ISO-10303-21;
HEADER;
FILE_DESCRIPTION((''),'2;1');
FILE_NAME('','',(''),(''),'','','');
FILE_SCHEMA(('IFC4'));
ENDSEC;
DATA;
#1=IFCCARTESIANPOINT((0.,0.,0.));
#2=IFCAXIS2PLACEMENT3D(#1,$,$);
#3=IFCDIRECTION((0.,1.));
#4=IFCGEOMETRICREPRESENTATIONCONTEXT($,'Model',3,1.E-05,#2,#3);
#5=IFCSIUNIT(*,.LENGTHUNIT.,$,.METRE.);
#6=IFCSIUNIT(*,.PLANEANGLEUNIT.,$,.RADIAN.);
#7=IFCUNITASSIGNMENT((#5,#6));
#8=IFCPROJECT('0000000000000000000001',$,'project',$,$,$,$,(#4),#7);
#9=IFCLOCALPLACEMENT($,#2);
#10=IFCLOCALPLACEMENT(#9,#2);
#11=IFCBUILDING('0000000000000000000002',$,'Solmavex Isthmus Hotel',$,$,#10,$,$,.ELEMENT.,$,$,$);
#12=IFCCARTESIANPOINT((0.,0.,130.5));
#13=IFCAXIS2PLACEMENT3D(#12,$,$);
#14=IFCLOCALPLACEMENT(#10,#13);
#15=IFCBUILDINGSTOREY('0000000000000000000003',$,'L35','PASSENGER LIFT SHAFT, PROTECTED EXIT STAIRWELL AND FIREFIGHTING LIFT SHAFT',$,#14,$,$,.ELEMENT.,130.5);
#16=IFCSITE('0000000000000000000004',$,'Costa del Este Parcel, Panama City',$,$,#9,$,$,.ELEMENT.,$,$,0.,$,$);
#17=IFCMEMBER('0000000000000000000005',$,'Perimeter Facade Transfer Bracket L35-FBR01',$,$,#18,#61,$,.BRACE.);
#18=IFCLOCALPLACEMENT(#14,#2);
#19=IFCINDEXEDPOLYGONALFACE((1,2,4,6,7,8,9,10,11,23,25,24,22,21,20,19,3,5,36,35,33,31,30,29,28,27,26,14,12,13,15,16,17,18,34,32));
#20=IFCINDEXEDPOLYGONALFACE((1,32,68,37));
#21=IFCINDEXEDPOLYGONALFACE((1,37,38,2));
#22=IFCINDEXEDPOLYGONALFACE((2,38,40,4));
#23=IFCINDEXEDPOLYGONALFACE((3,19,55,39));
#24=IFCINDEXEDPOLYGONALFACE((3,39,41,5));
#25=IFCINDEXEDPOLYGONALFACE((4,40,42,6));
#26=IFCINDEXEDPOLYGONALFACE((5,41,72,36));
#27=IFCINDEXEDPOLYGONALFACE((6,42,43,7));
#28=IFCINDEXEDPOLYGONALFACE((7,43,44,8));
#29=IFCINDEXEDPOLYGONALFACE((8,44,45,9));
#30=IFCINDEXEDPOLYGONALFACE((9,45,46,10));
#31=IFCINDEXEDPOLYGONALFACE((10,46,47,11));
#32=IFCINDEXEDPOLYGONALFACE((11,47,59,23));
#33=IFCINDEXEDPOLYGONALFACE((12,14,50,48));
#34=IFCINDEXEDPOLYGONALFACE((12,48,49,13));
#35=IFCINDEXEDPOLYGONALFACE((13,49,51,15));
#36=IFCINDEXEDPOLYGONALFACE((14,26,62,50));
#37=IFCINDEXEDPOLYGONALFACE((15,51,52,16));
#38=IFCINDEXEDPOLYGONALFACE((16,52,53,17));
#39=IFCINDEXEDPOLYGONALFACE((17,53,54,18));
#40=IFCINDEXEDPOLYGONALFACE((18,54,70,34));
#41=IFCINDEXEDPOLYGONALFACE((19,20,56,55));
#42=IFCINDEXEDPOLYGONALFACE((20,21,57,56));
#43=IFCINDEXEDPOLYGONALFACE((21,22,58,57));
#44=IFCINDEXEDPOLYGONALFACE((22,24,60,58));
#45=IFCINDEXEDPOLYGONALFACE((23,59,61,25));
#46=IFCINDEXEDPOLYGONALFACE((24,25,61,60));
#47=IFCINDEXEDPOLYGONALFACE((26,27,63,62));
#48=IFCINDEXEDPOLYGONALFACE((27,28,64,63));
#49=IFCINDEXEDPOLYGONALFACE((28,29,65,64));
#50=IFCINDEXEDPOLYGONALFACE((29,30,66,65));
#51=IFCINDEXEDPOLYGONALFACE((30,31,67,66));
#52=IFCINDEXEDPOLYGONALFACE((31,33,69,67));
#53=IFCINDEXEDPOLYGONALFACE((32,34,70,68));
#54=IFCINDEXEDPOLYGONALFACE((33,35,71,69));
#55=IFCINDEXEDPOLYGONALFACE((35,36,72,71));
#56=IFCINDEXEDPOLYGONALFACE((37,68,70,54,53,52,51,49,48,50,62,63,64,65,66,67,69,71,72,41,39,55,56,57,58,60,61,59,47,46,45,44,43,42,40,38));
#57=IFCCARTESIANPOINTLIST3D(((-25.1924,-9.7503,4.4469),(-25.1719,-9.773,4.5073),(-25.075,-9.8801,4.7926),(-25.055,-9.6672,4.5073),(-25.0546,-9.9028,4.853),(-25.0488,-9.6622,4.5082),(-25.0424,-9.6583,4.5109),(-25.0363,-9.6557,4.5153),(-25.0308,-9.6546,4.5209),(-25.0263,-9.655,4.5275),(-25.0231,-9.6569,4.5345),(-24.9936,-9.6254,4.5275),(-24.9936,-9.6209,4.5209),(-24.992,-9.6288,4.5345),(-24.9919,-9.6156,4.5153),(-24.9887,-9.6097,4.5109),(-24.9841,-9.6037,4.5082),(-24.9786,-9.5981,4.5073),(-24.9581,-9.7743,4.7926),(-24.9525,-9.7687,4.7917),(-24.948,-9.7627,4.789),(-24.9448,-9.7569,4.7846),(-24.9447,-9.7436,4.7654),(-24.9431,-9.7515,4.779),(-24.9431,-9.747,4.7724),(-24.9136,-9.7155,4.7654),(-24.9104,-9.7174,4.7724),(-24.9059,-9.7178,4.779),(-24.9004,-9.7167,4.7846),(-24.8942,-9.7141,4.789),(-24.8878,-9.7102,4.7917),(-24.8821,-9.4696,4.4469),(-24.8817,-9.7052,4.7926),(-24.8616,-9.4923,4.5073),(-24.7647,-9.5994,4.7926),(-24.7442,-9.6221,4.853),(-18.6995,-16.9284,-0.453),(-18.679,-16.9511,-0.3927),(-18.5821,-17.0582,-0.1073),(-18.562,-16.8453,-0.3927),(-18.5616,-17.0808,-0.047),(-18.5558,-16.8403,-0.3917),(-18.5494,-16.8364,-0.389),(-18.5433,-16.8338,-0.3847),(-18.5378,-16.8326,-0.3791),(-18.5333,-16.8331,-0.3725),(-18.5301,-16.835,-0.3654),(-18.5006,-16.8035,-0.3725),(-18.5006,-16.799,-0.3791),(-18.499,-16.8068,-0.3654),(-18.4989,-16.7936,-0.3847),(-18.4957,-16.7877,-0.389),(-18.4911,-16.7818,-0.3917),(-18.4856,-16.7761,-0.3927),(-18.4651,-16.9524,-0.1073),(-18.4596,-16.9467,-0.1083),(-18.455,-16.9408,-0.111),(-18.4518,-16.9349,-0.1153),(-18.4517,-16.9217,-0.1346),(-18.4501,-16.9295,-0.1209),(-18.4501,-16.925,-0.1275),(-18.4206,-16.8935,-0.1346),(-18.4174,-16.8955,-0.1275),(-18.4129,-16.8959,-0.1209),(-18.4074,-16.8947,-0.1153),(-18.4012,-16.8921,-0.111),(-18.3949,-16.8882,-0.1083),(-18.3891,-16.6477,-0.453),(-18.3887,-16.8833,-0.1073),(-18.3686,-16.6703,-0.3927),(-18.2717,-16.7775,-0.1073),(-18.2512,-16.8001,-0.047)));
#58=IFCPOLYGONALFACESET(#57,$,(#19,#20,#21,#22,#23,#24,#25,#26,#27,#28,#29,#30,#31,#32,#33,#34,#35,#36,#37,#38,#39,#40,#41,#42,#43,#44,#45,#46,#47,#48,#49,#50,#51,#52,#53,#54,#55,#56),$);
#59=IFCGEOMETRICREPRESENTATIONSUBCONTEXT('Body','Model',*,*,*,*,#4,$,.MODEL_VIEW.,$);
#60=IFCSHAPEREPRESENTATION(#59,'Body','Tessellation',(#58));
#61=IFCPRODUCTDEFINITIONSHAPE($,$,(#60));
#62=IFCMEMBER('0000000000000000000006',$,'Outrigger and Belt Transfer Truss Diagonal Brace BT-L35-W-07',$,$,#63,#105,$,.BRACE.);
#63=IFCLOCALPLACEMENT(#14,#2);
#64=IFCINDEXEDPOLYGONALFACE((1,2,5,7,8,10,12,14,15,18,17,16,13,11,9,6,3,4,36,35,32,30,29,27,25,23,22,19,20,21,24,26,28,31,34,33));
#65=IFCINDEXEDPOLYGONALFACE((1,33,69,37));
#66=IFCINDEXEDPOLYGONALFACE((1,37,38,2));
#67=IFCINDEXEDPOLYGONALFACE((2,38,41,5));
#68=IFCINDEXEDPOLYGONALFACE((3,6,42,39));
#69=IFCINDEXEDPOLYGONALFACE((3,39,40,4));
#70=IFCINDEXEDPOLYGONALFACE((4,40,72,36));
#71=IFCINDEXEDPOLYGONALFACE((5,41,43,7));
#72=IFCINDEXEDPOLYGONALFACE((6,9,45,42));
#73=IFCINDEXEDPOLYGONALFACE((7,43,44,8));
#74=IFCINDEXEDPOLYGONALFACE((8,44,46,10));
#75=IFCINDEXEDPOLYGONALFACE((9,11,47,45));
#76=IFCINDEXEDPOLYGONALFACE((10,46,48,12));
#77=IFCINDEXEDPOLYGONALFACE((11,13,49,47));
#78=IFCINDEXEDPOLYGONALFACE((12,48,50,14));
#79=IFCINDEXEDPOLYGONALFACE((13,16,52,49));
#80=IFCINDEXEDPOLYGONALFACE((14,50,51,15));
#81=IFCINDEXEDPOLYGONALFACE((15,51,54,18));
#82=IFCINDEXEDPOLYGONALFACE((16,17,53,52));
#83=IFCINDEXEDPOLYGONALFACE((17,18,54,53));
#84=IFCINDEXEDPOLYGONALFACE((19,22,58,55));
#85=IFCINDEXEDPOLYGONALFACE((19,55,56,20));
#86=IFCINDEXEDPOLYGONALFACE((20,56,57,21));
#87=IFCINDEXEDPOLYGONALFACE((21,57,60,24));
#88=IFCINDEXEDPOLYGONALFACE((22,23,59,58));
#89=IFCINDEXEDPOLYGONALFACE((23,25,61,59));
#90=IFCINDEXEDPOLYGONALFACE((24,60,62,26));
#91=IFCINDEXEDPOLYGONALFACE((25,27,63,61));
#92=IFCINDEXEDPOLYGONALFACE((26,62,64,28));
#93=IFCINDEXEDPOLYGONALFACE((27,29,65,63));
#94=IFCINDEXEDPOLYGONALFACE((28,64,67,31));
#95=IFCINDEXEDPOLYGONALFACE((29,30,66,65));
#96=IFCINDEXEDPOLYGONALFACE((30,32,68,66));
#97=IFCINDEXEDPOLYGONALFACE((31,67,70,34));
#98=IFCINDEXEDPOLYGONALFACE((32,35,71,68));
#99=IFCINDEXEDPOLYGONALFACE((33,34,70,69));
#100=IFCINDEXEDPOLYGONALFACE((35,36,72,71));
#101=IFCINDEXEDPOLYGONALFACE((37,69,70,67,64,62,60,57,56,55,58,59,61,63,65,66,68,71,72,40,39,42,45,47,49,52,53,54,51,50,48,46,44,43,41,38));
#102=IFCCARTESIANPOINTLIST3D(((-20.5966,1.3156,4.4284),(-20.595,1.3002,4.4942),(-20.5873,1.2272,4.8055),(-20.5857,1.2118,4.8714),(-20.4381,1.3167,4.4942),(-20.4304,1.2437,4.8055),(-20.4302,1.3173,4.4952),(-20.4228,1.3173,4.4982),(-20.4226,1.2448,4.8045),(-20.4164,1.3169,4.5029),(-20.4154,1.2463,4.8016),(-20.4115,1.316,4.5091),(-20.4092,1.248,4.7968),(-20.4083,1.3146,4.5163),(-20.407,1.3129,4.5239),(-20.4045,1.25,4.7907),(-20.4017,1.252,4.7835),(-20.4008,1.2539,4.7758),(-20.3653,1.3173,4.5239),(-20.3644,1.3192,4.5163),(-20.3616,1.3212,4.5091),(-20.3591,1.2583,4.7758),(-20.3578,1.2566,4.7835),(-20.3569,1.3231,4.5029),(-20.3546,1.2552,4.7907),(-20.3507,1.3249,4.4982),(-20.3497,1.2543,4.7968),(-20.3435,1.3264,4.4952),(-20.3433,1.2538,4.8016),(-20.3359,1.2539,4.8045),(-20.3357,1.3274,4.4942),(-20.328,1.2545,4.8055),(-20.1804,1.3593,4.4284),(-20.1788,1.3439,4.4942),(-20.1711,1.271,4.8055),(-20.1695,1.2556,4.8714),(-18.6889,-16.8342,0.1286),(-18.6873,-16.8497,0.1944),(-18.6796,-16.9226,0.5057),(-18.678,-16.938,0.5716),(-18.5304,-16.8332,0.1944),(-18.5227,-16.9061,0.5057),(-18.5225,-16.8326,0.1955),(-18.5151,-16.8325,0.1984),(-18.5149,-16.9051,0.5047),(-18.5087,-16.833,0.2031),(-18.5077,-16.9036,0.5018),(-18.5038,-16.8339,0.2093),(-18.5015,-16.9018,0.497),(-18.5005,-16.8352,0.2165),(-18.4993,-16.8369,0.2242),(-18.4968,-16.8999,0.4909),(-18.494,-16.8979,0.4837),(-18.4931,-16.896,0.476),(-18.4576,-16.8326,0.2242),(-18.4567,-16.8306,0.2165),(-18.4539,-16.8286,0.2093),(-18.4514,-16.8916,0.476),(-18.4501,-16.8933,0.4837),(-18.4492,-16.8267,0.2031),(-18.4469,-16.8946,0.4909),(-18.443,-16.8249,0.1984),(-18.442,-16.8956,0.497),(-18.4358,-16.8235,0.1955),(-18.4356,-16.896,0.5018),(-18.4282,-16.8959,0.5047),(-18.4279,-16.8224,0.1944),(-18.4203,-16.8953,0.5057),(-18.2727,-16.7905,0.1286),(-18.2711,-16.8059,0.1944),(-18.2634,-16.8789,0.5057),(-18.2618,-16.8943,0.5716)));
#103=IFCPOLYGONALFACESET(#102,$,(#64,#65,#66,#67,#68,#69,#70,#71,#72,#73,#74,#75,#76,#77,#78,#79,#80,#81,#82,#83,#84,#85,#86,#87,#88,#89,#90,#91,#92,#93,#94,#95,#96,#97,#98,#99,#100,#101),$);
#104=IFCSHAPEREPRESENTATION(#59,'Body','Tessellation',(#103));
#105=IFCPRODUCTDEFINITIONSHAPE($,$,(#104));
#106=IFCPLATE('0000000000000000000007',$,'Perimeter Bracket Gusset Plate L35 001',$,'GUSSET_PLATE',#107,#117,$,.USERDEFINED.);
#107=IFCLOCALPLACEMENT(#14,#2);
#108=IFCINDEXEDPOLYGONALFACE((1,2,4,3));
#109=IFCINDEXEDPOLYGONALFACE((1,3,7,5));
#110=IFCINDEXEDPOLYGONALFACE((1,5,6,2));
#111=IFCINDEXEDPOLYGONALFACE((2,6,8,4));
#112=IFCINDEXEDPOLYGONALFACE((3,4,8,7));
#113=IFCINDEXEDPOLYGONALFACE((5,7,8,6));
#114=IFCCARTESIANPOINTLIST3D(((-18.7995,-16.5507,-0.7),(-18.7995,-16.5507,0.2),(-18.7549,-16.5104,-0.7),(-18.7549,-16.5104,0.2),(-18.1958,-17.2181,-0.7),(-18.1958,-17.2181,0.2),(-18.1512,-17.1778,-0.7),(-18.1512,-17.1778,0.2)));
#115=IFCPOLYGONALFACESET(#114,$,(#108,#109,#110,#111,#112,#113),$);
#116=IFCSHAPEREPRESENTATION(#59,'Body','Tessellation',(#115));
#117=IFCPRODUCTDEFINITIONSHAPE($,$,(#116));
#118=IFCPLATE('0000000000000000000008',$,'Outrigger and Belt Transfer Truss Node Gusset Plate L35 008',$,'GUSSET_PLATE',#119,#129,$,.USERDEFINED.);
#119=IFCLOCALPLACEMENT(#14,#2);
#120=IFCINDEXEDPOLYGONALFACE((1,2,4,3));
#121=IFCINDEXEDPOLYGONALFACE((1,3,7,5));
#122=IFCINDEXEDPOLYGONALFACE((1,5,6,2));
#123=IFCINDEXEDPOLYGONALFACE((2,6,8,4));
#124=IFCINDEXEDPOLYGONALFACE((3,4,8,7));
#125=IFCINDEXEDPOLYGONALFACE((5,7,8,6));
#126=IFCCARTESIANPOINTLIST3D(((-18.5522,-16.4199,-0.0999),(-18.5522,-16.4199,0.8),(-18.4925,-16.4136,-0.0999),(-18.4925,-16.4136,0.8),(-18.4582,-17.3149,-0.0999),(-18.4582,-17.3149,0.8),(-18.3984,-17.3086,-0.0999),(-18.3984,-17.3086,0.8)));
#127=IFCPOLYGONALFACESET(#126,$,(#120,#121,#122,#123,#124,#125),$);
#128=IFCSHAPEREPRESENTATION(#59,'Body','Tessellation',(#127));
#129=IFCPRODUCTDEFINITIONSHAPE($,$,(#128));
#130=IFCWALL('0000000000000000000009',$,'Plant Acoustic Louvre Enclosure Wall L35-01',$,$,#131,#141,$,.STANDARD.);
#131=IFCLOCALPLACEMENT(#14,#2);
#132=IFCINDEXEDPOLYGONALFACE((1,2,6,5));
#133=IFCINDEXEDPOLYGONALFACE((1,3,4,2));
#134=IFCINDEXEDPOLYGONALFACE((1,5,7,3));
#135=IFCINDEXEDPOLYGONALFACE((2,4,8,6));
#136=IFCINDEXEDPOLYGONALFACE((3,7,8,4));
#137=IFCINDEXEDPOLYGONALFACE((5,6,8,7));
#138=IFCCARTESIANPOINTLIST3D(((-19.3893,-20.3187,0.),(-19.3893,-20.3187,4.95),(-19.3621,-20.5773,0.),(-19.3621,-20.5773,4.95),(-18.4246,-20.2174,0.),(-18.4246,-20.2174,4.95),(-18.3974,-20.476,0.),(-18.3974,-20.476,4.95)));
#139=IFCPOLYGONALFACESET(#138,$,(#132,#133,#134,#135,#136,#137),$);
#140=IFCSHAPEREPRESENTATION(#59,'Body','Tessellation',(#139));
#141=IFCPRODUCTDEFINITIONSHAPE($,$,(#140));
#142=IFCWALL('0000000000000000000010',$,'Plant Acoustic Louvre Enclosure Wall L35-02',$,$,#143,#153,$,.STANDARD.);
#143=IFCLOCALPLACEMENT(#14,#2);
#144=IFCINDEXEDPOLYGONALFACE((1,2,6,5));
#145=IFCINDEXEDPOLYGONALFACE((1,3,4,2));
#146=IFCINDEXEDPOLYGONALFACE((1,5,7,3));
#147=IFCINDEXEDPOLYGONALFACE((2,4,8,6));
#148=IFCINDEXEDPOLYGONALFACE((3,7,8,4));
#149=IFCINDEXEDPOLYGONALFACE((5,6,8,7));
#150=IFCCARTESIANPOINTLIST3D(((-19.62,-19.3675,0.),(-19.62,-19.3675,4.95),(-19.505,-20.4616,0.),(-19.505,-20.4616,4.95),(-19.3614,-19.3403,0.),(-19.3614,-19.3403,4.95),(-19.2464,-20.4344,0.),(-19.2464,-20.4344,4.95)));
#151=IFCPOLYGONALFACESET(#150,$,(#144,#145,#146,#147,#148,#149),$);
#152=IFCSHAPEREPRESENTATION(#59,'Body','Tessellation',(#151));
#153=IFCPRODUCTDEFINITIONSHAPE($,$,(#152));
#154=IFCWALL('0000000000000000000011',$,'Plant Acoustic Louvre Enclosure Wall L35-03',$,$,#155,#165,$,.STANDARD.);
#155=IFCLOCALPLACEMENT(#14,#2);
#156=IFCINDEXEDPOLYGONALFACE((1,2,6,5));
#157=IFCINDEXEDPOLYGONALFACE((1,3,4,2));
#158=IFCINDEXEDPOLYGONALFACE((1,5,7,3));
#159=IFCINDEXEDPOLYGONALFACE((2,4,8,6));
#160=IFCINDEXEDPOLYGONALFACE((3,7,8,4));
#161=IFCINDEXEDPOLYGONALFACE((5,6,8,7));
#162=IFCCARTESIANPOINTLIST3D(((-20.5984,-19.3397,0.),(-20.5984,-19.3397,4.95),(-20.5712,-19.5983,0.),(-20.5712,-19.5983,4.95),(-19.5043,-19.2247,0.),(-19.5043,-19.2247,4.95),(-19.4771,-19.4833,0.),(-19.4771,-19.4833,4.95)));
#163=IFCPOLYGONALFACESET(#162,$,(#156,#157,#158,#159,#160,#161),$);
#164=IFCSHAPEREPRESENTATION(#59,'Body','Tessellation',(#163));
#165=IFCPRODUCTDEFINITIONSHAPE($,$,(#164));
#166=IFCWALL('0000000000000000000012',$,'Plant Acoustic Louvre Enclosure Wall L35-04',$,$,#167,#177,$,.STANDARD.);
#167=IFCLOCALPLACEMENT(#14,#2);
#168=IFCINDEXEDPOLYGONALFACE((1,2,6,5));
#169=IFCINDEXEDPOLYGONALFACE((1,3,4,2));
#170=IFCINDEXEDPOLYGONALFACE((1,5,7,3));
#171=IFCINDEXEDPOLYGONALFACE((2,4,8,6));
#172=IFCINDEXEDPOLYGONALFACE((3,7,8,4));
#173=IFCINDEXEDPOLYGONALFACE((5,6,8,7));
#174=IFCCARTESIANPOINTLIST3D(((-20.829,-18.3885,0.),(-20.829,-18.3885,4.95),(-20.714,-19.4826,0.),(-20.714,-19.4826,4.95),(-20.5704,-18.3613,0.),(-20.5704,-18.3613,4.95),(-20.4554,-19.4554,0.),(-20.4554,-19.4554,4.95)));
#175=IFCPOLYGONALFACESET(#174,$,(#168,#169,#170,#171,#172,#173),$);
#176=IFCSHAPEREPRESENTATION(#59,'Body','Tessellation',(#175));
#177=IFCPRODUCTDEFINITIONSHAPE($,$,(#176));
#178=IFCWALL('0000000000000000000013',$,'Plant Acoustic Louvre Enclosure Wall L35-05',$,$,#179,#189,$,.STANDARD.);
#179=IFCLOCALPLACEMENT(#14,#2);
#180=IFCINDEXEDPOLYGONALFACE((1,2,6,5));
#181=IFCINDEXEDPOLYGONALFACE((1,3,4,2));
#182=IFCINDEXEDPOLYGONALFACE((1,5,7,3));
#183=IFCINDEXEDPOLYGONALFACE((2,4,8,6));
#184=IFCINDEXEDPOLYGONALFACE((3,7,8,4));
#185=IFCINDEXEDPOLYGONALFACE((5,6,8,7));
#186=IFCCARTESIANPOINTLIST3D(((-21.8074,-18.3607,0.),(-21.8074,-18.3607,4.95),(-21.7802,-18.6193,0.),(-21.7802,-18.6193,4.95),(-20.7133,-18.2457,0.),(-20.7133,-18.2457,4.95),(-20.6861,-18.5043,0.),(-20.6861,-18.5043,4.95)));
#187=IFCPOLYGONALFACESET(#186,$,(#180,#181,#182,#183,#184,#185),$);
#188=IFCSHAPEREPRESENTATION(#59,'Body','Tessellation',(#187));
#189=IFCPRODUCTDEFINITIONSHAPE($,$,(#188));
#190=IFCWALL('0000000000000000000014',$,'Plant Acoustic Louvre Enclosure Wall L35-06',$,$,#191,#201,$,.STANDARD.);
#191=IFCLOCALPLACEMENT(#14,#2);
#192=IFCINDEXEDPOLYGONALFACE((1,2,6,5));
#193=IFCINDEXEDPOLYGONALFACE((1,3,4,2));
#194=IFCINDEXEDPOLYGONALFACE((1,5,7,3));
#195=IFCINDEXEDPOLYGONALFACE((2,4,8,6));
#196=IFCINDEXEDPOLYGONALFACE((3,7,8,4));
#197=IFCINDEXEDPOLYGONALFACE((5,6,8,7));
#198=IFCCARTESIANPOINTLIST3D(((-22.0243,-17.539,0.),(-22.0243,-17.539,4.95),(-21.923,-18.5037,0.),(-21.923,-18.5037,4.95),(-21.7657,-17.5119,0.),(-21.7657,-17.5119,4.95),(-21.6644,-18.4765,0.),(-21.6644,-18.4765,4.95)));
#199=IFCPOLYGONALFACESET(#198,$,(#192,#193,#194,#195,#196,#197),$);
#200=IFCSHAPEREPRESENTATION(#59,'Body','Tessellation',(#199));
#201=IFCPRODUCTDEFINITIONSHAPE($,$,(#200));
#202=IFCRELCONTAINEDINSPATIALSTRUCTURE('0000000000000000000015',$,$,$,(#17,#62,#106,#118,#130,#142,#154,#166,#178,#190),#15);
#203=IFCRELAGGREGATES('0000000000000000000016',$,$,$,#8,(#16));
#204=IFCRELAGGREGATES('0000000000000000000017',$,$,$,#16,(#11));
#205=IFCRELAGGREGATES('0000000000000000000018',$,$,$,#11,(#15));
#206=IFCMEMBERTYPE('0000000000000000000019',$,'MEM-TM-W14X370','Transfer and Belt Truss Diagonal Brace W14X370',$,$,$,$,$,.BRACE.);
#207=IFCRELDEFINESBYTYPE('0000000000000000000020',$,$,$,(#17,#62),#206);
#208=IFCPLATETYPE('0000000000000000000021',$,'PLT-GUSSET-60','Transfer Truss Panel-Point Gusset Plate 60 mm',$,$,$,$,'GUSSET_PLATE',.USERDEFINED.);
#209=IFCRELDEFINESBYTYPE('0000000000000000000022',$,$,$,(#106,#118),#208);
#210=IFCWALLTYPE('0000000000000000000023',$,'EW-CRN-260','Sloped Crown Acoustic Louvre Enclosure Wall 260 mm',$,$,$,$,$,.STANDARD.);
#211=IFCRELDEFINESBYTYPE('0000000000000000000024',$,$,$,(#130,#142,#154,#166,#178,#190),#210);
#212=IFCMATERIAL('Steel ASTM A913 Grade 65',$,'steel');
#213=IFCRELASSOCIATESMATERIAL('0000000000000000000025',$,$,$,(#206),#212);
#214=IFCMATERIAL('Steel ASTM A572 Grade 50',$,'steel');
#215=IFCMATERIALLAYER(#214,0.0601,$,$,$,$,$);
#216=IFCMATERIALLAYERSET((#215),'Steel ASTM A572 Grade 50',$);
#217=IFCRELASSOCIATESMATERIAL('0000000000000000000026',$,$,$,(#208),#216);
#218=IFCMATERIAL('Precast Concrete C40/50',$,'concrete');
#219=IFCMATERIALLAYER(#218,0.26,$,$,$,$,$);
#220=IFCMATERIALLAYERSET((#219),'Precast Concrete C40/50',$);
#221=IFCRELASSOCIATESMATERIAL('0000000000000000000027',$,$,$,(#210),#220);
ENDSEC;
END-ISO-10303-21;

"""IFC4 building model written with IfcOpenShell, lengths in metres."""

from ifc_helpers import new_model, si_unit, direction, frame, frame_2d, origin, origin_2d, place, context, subcontext, project, spatial, rectangle, i_section, extrude, material, layer, layer_set, material_profile, profile_set, type_object, element, save


model = new_model("IFC4")

# Units and contexts
model_context = context("Model", 3, precision=1e-05, world=origin(), true_north=direction((0.0, 1.0)))
body_context = subcontext(model_context, "Body", "Model", "MODEL_VIEW")
ifc_project = project(units=[si_unit("LENGTHUNIT", "METRE"), si_unit("PLANEANGLEUNIT", "RADIAN")], contexts=[model_context])

# Site, building, storey
site_placement = place(None, origin())
site = spatial("IfcSite", under=ifc_project, at=site_placement, Name="Costa del Este Parcel, Panama City", CompositionType="ELEMENT", RefElevation=0.0)
building_placement = place(site_placement, origin())
building = spatial("IfcBuilding", under=site, at=building_placement, Name="Solmavex Isthmus Hotel", CompositionType="ELEMENT")
storey_placement = place(building_placement, frame((0.0, 0.0, 130.5)))
storey = spatial("IfcBuildingStorey", under=building, at=storey_placement, Name="L35", Description="PASSENGER LIFT SHAFT, PROTECTED EXIT STAIRWELL AND FIREFIGHTING LIFT SHAFT", CompositionType="ELEMENT", Elevation=130.5)

# Shared definitions
ifc_material_1 = material(Name="Steel ASTM A913 Grade 65", Category="steel")

# Members
ifc_material_profile_1 = material_profile(ifc_material_1, i_section(OverallWidth=0.4185, OverallDepth=0.4551, WebThickness=0.042, FlangeThickness=0.0676, FilletRadius=0.0305, at=origin_2d()), Name="W14X370")
ifc_profile_set_1 = profile_set([ifc_material_profile_1], Name="Steel ASTM A913 Grade 65")
member_type_1 = type_object("IfcMemberType", Name="MEM-TM-W14X370", Description="Transfer and Belt Truss Diagonal Brace W14X370", PredefinedType="BRACE", material=ifc_profile_set_1)
member_1_placement = place(storey_placement, frame((-18.4753, -16.8643, -0.25), z_axis=(-0.598507, 0.661655, 0.451665), x_axis=(-0.74161, -0.670831, 0.0)))
element("IfcMember", 1, at=member_1_placement, inside=storey, type_object=member_type_1, Name="Perimeter Facade Transfer Bracket L35-FBR01", PredefinedType="BRACE", context=body_context, shape_type="SweptSolid", body=[
    extrude(i_section(OverallWidth=0.4185, OverallDepth=0.4551, WebThickness=0.042, FlangeThickness=0.0676, FilletRadius=0.0305, at=origin_2d()), origin(), (0.0, 0.0, 1.0), 10.8486),
])
member_2_placement = place(storey_placement, frame((-18.4753, -16.8643, 0.3501), z_axis=(-0.101747, 0.968017, 0.229328), x_axis=(-0.994521, -0.104533, 0.0)))
element("IfcMember", 2, at=member_2_placement, inside=storey, type_object=member_type_1, Name="Outrigger and Belt Transfer Truss Diagonal Brace BT-L35-W-07", PredefinedType="BRACE", context=body_context, shape_type="SweptSolid", body=[
    extrude(i_section(OverallWidth=0.4185, OverallDepth=0.4551, WebThickness=0.042, FlangeThickness=0.0676, FilletRadius=0.0305, at=origin_2d()), origin(), (0.0, 0.0, 1.0), 18.7495),
])

# Plates
ifc_material_2 = material(Name="Steel ASTM A572 Grade 50", Category="steel")
ifc_layer_1 = layer(ifc_material_2, 0.0601)
ifc_layer_set_1 = layer_set([ifc_layer_1], Name="Steel ASTM A572 Grade 50")
plate_type = type_object("IfcPlateType", Name="PLT-GUSSET-60", Description="Transfer Truss Panel-Point Gusset Plate 60 mm", ElementType="GUSSET_PLATE", PredefinedType="USERDEFINED", material=ifc_layer_set_1)
for number, where, z_axis, x_axis, name in (
    (3, (-18.4753, -16.8643, -0.7), (0.0, 0.0, 1.0), (-0.670828, 0.741613, 0.0), "Perimeter Bracket Gusset Plate L35 001"),
    (4, (-18.4753, -16.8643, -0.0999), (0.0, 0.0, 1.0), (-0.104528, 0.994522, 0.0), "Outrigger and Belt Transfer Truss Node Gusset Plate L35 008"),
):
    element("IfcPlate", number, at=place(storey_placement, frame(where, z_axis=z_axis, x_axis=x_axis)), inside=storey, type_object=plate_type, Name=name, ObjectType="GUSSET_PLATE", PredefinedType="USERDEFINED", context=body_context, shape_type="SweptSolid", body=[
        extrude(rectangle(XDim=0.8999, YDim=0.0601, at=origin_2d()), origin(), (0.0, 0.0, 1.0), 0.8999),
    ])

# Walls
ifc_material_3 = material(Name="Precast Concrete C40/50", Category="concrete")
ifc_layer_2 = layer(ifc_material_3, 0.26)
ifc_layer_set_2 = layer_set([ifc_layer_2], Name="Precast Concrete C40/50")
wall_type_1 = type_object("IfcWallType", Name="EW-CRN-260", Description="Sloped Crown Acoustic Louvre Enclosure Wall 260 mm", PredefinedType="STANDARD", material=ifc_layer_set_2)
wall_1_placement = place(storey_placement, frame((-18.4111, -20.3467, 0.0), z_axis=(0.0, 0.0, 1.0), x_axis=(-0.994529, -0.104462, 0.0)))
element("IfcWall", 5, at=wall_1_placement, inside=storey, type_object=wall_type_1, Name="Plant Acoustic Louvre Enclosure Wall L35-01", PredefinedType="STANDARD", context=body_context, shape_type="SweptSolid", body=[
    extrude(rectangle(XDim=0.97, YDim=0.26, at=frame_2d((0.4849, 0.0))), origin(), (0.0, 0.0, 1.0), 4.95),
])
for number, where, z_axis, x_axis, name in (
    (6, (-19.3757, -20.448, 0.0), (0.0, 0.0, 1.0), (-0.104535, 0.994521, 0.0), "Plant Acoustic Louvre Enclosure Wall L35-02"),
    (7, (-19.4907, -19.354, 0.0), (0.0, 0.0, 1.0), (-0.994521, -0.104535, 0.0), "Plant Acoustic Louvre Enclosure Wall L35-03"),
    (8, (-20.5847, -19.469, 0.0), (0.0, 0.0, 1.0), (-0.104535, 0.994521, 0.0), "Plant Acoustic Louvre Enclosure Wall L35-04"),
    (9, (-20.6997, -18.375, 0.0), (0.0, 0.0, 1.0), (-0.994521, -0.104535, 0.0), "Plant Acoustic Louvre Enclosure Wall L35-05"),
):
    element("IfcWall", number, at=place(storey_placement, frame(where, z_axis=z_axis, x_axis=x_axis)), inside=storey, type_object=wall_type_1, Name=name, PredefinedType="STANDARD", context=body_context, shape_type="SweptSolid", body=[
        extrude(rectangle(XDim=1.1001, YDim=0.26, at=frame_2d((0.55, 0.0))), origin(), (0.0, 0.0, 1.0), 4.95),
    ])
wall_2_placement = place(storey_placement, frame((-21.7937, -18.49, 0.0), z_axis=(0.0, 0.0, 1.0), x_axis=(-0.104462, 0.994529, 0.0)))
element("IfcWall", 10, at=wall_2_placement, inside=storey, type_object=wall_type_1, Name="Plant Acoustic Louvre Enclosure Wall L35-06", PredefinedType="STANDARD", context=body_context, shape_type="SweptSolid", body=[
    extrude(rectangle(XDim=0.97, YDim=0.26, at=frame_2d((0.4849, 0.0))), origin(), (0.0, 0.0, 1.0), 4.95),
])

save(model, "model.ifc")
